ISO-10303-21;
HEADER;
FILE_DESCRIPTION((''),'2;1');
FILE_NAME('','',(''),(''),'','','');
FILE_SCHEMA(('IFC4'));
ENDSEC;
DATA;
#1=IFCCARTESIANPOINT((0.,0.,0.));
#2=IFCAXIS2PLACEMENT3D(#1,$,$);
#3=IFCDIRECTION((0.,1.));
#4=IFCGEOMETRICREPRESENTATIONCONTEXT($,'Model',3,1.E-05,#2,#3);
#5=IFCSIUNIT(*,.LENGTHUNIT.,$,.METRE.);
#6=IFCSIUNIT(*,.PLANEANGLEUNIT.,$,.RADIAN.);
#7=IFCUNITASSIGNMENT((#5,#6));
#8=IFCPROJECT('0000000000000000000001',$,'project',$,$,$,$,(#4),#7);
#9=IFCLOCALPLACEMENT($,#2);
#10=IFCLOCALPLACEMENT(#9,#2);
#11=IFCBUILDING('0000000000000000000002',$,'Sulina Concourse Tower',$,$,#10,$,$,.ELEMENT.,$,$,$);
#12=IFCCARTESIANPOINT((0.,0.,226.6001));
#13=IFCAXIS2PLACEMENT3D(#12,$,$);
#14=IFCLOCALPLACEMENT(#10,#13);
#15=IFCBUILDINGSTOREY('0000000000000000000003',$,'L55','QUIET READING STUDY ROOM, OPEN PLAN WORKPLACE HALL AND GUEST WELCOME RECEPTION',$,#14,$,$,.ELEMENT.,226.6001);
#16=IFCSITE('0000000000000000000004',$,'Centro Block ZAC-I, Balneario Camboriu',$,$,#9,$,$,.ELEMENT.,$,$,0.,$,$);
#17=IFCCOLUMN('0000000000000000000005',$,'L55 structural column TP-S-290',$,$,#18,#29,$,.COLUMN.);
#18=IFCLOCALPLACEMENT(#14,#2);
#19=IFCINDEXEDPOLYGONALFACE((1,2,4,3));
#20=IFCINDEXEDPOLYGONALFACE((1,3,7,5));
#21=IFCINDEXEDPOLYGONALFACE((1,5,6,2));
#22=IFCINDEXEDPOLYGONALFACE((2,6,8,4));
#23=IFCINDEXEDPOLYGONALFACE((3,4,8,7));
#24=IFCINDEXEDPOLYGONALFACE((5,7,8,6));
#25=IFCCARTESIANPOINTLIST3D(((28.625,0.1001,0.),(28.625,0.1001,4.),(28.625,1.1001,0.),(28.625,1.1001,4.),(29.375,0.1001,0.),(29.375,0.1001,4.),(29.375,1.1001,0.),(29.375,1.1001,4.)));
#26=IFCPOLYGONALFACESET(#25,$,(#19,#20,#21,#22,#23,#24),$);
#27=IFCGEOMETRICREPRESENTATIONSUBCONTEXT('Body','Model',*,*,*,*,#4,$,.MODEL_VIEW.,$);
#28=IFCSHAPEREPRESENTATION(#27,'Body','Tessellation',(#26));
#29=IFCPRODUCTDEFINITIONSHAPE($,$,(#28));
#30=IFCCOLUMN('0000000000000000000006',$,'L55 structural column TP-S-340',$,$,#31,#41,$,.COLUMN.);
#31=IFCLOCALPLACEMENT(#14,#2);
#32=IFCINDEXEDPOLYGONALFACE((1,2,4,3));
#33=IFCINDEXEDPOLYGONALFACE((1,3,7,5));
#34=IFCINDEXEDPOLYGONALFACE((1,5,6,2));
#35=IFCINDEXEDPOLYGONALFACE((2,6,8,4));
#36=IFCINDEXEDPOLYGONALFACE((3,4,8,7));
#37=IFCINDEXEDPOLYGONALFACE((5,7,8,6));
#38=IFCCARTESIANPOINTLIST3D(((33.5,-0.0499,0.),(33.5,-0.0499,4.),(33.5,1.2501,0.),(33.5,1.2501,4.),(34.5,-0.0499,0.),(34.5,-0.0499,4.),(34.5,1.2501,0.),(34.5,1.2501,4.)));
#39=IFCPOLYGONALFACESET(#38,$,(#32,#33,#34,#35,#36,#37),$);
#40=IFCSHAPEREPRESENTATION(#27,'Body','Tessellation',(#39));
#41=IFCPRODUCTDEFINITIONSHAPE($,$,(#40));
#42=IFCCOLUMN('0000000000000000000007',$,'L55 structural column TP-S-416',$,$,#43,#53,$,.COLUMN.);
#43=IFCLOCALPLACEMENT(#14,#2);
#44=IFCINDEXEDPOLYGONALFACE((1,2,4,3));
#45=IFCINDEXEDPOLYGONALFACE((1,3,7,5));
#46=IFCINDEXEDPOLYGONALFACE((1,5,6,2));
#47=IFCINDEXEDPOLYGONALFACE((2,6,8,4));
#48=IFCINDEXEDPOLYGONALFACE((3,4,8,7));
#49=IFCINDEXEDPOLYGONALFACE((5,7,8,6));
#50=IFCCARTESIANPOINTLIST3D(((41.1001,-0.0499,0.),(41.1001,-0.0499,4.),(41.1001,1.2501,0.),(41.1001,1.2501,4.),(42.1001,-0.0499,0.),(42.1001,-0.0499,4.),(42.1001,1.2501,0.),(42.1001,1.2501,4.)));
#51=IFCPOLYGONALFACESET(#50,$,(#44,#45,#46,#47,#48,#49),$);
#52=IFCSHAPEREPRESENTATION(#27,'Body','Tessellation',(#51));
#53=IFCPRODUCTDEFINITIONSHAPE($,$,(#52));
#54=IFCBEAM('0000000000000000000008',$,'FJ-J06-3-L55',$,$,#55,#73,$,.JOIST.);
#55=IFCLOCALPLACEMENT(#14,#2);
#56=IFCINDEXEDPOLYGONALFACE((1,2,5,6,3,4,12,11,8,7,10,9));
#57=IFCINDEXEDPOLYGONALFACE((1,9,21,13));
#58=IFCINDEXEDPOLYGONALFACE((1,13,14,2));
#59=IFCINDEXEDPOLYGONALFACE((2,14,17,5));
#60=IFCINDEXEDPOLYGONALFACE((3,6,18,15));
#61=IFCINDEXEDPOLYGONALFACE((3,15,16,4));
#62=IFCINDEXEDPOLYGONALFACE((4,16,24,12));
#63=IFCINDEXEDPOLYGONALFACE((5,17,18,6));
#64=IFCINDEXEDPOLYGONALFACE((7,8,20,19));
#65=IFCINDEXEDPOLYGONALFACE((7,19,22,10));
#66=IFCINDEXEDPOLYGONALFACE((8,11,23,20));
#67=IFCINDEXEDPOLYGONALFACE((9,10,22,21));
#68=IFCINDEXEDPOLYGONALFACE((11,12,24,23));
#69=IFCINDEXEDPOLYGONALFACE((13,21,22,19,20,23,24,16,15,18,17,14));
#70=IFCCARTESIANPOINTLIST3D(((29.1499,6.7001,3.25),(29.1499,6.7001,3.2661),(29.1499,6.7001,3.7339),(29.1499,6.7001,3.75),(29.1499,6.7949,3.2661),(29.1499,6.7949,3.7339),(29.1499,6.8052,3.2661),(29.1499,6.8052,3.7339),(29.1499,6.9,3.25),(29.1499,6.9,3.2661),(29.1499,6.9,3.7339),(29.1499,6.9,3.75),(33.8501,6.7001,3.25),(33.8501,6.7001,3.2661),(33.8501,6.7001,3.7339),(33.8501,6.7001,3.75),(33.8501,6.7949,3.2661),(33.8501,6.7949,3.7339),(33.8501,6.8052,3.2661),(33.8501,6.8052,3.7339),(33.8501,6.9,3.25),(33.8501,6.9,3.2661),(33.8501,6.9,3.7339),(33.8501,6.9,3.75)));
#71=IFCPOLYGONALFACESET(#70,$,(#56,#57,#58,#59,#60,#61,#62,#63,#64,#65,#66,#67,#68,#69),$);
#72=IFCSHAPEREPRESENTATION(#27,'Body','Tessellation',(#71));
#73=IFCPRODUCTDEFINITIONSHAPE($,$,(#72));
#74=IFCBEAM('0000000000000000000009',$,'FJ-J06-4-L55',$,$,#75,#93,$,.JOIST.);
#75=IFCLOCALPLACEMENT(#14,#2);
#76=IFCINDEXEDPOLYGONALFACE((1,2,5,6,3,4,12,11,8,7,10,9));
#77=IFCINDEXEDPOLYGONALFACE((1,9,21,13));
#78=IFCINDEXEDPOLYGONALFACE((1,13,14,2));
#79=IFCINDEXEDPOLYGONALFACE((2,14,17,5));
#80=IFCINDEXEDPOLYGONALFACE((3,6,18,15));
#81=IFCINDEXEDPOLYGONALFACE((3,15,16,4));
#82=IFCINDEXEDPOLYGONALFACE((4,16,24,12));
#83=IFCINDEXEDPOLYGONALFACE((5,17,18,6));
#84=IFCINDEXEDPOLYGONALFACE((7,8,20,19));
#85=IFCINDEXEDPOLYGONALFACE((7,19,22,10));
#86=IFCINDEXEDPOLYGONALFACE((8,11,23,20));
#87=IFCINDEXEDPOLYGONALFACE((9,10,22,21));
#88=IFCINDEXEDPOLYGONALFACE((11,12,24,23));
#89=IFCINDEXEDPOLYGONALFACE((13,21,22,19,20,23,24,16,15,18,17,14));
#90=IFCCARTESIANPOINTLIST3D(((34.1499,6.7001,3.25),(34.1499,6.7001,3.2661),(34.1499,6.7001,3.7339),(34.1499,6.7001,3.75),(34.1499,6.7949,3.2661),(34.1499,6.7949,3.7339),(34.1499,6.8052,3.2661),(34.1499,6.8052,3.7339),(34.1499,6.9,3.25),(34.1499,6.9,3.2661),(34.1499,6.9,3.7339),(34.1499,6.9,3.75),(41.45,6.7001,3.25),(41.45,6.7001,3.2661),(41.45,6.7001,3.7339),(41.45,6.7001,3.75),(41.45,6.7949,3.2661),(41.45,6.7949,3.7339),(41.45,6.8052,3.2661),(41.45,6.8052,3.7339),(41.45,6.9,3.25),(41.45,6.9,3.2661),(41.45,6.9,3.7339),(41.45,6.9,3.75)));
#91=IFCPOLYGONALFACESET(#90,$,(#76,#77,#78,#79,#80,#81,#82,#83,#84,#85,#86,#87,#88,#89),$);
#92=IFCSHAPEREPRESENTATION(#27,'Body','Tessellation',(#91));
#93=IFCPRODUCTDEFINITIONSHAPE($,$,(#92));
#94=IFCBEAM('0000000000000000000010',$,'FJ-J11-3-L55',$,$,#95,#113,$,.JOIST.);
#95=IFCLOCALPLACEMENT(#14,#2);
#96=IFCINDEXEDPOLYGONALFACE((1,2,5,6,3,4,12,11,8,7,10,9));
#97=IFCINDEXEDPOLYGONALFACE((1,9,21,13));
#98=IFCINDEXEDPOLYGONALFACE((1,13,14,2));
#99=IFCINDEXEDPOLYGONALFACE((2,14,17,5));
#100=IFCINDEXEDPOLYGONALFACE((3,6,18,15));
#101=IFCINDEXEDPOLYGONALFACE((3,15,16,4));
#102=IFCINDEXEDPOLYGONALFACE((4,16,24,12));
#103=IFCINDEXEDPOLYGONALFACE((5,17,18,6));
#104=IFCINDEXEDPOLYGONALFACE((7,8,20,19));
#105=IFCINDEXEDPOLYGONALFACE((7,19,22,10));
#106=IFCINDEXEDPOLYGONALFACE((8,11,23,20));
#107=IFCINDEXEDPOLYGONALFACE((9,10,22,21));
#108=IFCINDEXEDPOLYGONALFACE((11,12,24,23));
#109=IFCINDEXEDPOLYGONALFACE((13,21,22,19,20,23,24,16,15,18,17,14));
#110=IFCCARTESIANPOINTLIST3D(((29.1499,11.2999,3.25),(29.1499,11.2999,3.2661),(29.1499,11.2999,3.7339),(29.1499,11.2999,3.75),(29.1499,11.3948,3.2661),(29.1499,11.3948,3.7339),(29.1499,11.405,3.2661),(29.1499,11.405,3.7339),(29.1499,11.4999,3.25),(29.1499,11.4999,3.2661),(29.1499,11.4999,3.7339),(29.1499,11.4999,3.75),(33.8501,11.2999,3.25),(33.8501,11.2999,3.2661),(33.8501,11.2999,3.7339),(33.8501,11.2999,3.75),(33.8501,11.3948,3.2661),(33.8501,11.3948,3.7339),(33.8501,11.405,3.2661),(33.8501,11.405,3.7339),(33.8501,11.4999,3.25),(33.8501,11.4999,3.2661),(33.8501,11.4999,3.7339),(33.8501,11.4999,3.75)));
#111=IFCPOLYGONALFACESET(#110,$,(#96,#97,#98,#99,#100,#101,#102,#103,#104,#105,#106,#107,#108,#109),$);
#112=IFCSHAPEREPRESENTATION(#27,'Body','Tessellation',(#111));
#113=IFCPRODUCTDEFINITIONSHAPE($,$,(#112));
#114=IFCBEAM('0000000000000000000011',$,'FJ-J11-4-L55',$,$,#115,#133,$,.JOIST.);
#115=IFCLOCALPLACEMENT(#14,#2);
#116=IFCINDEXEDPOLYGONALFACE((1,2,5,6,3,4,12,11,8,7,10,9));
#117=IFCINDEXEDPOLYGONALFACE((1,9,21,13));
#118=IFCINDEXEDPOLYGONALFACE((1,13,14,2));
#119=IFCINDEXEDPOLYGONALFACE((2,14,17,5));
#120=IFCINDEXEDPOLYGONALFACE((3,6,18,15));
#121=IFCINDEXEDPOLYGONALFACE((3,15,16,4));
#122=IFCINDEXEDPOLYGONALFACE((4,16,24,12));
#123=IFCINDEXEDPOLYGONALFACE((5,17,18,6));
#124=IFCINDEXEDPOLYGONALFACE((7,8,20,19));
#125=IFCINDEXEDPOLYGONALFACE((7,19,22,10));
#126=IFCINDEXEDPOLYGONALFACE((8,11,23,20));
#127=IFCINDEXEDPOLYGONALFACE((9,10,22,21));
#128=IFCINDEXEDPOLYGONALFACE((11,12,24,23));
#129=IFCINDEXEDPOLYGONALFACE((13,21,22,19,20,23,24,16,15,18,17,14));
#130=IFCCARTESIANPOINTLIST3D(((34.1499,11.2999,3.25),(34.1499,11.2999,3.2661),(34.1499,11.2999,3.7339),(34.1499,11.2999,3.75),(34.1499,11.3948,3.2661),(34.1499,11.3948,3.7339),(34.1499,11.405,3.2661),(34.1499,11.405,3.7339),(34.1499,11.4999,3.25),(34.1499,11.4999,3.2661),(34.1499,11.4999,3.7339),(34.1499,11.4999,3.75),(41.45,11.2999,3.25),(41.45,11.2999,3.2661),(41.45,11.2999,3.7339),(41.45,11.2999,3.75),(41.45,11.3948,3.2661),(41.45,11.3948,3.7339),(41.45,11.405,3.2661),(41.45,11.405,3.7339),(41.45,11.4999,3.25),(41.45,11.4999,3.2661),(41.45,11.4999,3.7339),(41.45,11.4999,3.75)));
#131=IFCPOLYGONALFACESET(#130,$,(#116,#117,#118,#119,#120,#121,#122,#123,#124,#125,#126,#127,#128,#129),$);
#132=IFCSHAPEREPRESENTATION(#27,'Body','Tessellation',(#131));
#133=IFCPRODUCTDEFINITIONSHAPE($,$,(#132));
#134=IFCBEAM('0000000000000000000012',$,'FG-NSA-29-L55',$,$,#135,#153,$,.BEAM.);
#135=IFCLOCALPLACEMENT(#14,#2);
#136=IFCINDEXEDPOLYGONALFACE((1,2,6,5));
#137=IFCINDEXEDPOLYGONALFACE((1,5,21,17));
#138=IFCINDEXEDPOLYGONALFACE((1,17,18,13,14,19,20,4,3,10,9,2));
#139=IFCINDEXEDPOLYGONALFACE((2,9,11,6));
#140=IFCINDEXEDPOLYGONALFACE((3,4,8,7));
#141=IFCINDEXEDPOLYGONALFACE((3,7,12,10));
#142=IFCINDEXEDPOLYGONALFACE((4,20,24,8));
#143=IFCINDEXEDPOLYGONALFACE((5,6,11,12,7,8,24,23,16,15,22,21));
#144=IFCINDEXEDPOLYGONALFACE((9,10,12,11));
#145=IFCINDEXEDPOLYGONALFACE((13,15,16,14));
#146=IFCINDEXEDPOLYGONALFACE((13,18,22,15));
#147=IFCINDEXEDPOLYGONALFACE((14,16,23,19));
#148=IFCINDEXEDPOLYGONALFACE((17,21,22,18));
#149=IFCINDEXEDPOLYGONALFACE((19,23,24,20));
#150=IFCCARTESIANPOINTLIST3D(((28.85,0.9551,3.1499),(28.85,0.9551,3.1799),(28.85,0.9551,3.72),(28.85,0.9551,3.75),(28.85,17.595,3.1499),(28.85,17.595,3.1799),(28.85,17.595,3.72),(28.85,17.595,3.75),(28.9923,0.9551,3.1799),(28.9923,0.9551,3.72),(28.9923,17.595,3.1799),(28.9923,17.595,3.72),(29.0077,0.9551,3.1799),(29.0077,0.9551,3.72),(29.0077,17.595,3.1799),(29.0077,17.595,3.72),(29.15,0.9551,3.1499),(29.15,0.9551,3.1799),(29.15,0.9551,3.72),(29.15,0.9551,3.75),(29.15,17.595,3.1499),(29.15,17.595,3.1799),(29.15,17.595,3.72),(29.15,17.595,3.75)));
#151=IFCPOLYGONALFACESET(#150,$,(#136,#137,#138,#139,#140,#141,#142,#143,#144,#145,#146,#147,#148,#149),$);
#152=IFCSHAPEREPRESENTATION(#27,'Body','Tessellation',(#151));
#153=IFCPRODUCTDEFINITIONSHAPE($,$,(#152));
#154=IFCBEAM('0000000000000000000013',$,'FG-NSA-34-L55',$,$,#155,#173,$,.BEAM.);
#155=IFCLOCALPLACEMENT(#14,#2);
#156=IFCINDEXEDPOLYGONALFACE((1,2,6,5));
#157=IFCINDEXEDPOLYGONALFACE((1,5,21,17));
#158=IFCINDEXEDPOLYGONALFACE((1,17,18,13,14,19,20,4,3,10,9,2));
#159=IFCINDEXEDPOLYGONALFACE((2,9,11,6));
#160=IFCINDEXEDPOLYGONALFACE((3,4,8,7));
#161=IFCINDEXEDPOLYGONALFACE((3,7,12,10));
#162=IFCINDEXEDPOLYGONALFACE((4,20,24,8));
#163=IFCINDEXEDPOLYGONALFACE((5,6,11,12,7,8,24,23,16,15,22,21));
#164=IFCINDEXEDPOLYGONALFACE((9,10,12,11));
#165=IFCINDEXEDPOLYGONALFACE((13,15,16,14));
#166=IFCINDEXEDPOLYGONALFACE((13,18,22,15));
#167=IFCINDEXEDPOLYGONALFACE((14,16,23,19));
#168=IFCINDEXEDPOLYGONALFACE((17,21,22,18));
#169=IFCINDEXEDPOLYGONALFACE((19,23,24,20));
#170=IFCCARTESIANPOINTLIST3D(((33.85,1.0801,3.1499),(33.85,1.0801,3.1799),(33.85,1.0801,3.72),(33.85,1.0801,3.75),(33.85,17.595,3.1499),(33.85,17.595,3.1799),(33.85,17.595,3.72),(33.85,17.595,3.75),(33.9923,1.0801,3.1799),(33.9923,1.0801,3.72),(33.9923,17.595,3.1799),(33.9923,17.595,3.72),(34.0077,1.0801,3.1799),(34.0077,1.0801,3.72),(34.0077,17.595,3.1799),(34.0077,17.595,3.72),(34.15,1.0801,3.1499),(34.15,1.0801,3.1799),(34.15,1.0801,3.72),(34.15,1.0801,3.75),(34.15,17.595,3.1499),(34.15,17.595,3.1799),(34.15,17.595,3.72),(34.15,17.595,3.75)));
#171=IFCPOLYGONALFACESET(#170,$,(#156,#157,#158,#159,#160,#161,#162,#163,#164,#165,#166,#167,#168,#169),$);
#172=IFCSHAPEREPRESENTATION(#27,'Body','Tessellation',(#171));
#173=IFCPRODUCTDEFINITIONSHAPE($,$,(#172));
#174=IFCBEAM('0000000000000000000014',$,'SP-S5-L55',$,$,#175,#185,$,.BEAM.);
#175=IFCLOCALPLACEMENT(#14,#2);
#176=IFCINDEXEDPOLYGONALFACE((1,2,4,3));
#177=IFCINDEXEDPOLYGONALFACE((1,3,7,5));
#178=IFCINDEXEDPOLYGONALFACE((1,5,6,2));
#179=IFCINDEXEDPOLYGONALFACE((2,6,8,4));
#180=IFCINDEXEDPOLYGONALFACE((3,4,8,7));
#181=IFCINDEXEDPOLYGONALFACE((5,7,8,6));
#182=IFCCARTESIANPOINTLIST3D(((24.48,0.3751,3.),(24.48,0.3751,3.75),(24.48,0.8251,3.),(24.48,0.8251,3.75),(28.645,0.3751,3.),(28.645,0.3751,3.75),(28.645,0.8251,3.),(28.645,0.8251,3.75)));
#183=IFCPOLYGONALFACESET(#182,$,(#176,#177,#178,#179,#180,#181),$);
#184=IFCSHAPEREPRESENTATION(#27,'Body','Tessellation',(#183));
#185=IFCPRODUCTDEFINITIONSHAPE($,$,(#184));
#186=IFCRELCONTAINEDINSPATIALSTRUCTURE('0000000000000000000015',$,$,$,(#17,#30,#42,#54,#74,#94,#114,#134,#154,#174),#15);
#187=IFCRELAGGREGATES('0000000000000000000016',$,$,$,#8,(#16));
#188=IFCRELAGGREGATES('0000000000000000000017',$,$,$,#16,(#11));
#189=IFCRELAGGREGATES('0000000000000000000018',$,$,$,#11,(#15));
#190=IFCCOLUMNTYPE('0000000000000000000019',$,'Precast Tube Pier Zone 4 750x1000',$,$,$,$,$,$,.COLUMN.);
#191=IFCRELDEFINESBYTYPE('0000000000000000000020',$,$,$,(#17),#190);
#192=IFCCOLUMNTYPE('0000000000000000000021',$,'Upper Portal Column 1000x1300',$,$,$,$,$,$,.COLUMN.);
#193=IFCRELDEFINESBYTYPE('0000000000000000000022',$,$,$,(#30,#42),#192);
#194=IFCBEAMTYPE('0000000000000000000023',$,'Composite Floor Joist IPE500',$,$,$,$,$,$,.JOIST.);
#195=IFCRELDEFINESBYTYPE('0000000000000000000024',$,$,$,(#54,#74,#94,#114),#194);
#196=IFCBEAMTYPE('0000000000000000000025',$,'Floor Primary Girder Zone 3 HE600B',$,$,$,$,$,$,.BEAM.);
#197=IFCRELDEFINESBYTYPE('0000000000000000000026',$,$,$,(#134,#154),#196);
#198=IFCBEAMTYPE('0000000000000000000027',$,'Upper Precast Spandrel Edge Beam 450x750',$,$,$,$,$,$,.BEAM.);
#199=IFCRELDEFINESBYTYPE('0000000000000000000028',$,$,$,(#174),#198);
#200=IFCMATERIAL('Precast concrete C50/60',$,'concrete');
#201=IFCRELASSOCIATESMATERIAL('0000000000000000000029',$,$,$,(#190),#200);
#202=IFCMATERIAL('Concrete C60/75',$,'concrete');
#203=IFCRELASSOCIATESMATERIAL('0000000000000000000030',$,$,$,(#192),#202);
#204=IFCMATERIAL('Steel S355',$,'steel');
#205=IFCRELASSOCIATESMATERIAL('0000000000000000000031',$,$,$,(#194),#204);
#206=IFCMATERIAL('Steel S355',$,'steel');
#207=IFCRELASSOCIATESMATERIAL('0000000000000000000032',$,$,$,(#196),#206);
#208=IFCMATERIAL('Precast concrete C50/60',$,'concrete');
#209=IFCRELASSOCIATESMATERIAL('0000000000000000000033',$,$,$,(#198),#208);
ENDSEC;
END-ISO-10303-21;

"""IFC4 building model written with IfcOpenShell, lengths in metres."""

from ifc_helpers import new_model, si_unit, direction, frame, origin, origin_2d, place, context, subcontext, project, spatial, rectangle, i_section, extrude, material, material_profile, profile_set, type_object, element, save


model = new_model("IFC4")

# Units and contexts
model_context = context("Model", 3, precision=1e-05, world=origin(), true_north=direction((0.0, 1.0)))
body_context = subcontext(model_context, "Body", "Model", "MODEL_VIEW")
ifc_project = project(units=[si_unit("LENGTHUNIT", "METRE"), si_unit("PLANEANGLEUNIT", "RADIAN")], contexts=[model_context])

# Site, building, storey
site_placement = place(None, origin())
site = spatial("IfcSite", under=ifc_project, at=site_placement, Name="Centro Block ZAC-I, Balneario Camboriu", CompositionType="ELEMENT", RefElevation=0.0)
building_placement = place(site_placement, origin())
building = spatial("IfcBuilding", under=site, at=building_placement, Name="Sulina Concourse Tower", CompositionType="ELEMENT")
storey_placement = place(building_placement, frame((0.0, 0.0, 226.6001)))
storey = spatial("IfcBuildingStorey", under=building, at=storey_placement, Name="L55", Description="QUIET READING STUDY ROOM, OPEN PLAN WORKPLACE HALL AND GUEST WELCOME RECEPTION", CompositionType="ELEMENT", Elevation=226.6001)

# Columns
ifc_material_1 = material(Name="Precast concrete C50/60", Category="concrete")
ifc_material_profile_1 = material_profile(ifc_material_1, rectangle(XDim=0.75, YDim=1.0, at=origin_2d()), Name="PC 750x1000")
ifc_profile_set_1 = profile_set([ifc_material_profile_1], Name="Precast concrete C50/60")
column_type_1 = type_object("IfcColumnType", Name="Precast Tube Pier Zone 4 750x1000", PredefinedType="COLUMN", material=ifc_profile_set_1)
column_placement = place(storey_placement, frame((29.0, 0.6001, 0.0), z_axis=(0.0, 0.0, 1.0), x_axis=(1.0, 0.0, 0.0)))
element("IfcColumn", 1, at=column_placement, inside=storey, type_object=column_type_1, Name="L55 structural column TP-S-290", PredefinedType="COLUMN", context=body_context, shape_type="SweptSolid", body=[
    extrude(rectangle(XDim=0.75, YDim=1.0, at=origin_2d()), origin(), (0.0, 0.0, 1.0), 4.0),
])
ifc_material_2 = material(Name="Concrete C60/75", Category="concrete")
ifc_material_profile_2 = material_profile(ifc_material_2, rectangle(XDim=1.0, YDim=1.3, at=origin_2d()), Name="RC 1000x1300")
ifc_profile_set_2 = profile_set([ifc_material_profile_2], Name="Concrete C60/75")
column_type_2 = type_object("IfcColumnType", Name="Upper Portal Column 1000x1300", PredefinedType="COLUMN", material=ifc_profile_set_2)
for number, where, z_axis, x_axis, name in (
    (2, (34.0, 0.6001, 0.0), (0.0, 0.0, 1.0), (1.0, 0.0, 0.0), "L55 structural column TP-S-340"),
    (3, (41.6001, 0.6001, 0.0), (0.0, 0.0, 1.0), (1.0, 0.0, 0.0), "L55 structural column TP-S-416"),
):
    element("IfcColumn", number, at=place(storey_placement, frame(where, z_axis=z_axis, x_axis=x_axis)), inside=storey, type_object=column_type_2, Name=name, PredefinedType="COLUMN", context=body_context, shape_type="SweptSolid", body=[
        extrude(rectangle(XDim=1.0, YDim=1.3, at=origin_2d()), origin(), (0.0, 0.0, 1.0), 4.0),
    ])

# Beams
ifc_material_3 = material(Name="Steel S355", Category="steel")
ifc_material_profile_3 = material_profile(ifc_material_3, i_section(OverallWidth=0.2, OverallDepth=0.5, WebThickness=0.0103, FlangeThickness=0.0161, at=origin_2d()), Name="IPE 500")
ifc_profile_set_3 = profile_set([ifc_material_profile_3], Name="Steel S355")
beam_type_1 = type_object("IfcBeamType", Name="Composite Floor Joist IPE500", PredefinedType="JOIST", material=ifc_profile_set_3)
beam_1_placement = place(storey_placement, frame((29.1499, 6.8, 3.5), z_axis=(1.0, 0.0, 0.0), x_axis=(0.0, 1.0, 0.0)))
element("IfcBeam", 4, at=beam_1_placement, inside=storey, type_object=beam_type_1, Name="FJ-J06-3-L55", PredefinedType="JOIST", context=body_context, shape_type="SweptSolid", body=[
    extrude(i_section(OverallWidth=0.2, OverallDepth=0.5, WebThickness=0.0103, FlangeThickness=0.0161, at=origin_2d()), origin(), (0.0, 0.0, 1.0), 4.7002),
])
beam_2_placement = place(storey_placement, frame((34.1499, 6.8, 3.5), z_axis=(1.0, 0.0, 0.0), x_axis=(0.0, 1.0, 0.0)))
element("IfcBeam", 5, at=beam_2_placement, inside=storey, type_object=beam_type_1, Name="FJ-J06-4-L55", PredefinedType="JOIST", context=body_context, shape_type="SweptSolid", body=[
    extrude(i_section(OverallWidth=0.2, OverallDepth=0.5, WebThickness=0.0103, FlangeThickness=0.0161, at=origin_2d()), origin(), (0.0, 0.0, 1.0), 7.3),
])
beam_3_placement = place(storey_placement, frame((29.1499, 11.3999, 3.5), z_axis=(1.0, 0.0, 0.0), x_axis=(0.0, 1.0, 0.0)))
element("IfcBeam", 6, at=beam_3_placement, inside=storey, type_object=beam_type_1, Name="FJ-J11-3-L55", PredefinedType="JOIST", context=body_context, shape_type="SweptSolid", body=[
    extrude(i_section(OverallWidth=0.2, OverallDepth=0.5, WebThickness=0.0103, FlangeThickness=0.0161, at=origin_2d()), origin(), (0.0, 0.0, 1.0), 4.7002),
])
beam_4_placement = place(storey_placement, frame((34.1499, 11.3999, 3.5), z_axis=(1.0, 0.0, 0.0), x_axis=(0.0, 1.0, 0.0)))
element("IfcBeam", 7, at=beam_4_placement, inside=storey, type_object=beam_type_1, Name="FJ-J11-4-L55", PredefinedType="JOIST", context=body_context, shape_type="SweptSolid", body=[
    extrude(i_section(OverallWidth=0.2, OverallDepth=0.5, WebThickness=0.0103, FlangeThickness=0.0161, at=origin_2d()), origin(), (0.0, 0.0, 1.0), 7.3),
])
ifc_material_4 = material(Name="Steel S355", Category="steel")
ifc_material_profile_4 = material_profile(ifc_material_4, i_section(OverallWidth=0.3, OverallDepth=0.6001, WebThickness=0.0154, FlangeThickness=0.03, at=origin_2d()), Name="HE 600 B")
ifc_profile_set_4 = profile_set([ifc_material_profile_4], Name="Steel S355")
beam_type_2 = type_object("IfcBeamType", Name="Floor Primary Girder Zone 3 HE600B", PredefinedType="BEAM", material=ifc_profile_set_4)
beam_5_placement = place(storey_placement, frame((29.0, 0.9551, 3.45), z_axis=(0.0, 1.0, 0.0), x_axis=(-1.0, 0.0, 0.0)))
element("IfcBeam", 8, at=beam_5_placement, inside=storey, type_object=beam_type_2, Name="FG-NSA-29-L55", PredefinedType="BEAM", context=body_context, shape_type="SweptSolid", body=[
    extrude(i_section(OverallWidth=0.3, OverallDepth=0.6001, WebThickness=0.0154, FlangeThickness=0.03, at=origin_2d()), origin(), (0.0, 0.0, 1.0), 16.6399),
])
beam_6_placement = place(storey_placement, frame((34.0, 1.0801, 3.45), z_axis=(0.0, 1.0, 0.0), x_axis=(-1.0, 0.0, 0.0)))
element("IfcBeam", 9, at=beam_6_placement, inside=storey, type_object=beam_type_2, Name="FG-NSA-34-L55", PredefinedType="BEAM", context=body_context, shape_type="SweptSolid", body=[
    extrude(i_section(OverallWidth=0.3, OverallDepth=0.6001, WebThickness=0.0154, FlangeThickness=0.03, at=origin_2d()), origin(), (0.0, 0.0, 1.0), 16.5149),
])
ifc_material_5 = material(Name="Precast concrete C50/60", Category="concrete")
ifc_material_profile_5 = material_profile(ifc_material_5, rectangle(XDim=0.45, YDim=0.75, at=origin_2d()), Name="RC 450x750")
ifc_profile_set_5 = profile_set([ifc_material_profile_5], Name="Precast concrete C50/60")
beam_type_3 = type_object("IfcBeamType", Name="Upper Precast Spandrel Edge Beam 450x750", PredefinedType="BEAM", material=ifc_profile_set_5)
for number, where, z_axis, x_axis, name in (
    (10, (24.48, 0.6001, 3.375), (1.0, 0.0, 0.0), (0.0, 1.0, 0.0), "SP-S5-L55"),
):
    element("IfcBeam", number, at=place(storey_placement, frame(where, z_axis=z_axis, x_axis=x_axis)), inside=storey, type_object=beam_type_3, Name=name, PredefinedType="BEAM", context=body_context, shape_type="SweptSolid", body=[
        extrude(rectangle(XDim=0.45, YDim=0.75, at=origin_2d()), origin(), (0.0, 0.0, 1.0), 4.165),
    ])

save(model, "model.ifc")
